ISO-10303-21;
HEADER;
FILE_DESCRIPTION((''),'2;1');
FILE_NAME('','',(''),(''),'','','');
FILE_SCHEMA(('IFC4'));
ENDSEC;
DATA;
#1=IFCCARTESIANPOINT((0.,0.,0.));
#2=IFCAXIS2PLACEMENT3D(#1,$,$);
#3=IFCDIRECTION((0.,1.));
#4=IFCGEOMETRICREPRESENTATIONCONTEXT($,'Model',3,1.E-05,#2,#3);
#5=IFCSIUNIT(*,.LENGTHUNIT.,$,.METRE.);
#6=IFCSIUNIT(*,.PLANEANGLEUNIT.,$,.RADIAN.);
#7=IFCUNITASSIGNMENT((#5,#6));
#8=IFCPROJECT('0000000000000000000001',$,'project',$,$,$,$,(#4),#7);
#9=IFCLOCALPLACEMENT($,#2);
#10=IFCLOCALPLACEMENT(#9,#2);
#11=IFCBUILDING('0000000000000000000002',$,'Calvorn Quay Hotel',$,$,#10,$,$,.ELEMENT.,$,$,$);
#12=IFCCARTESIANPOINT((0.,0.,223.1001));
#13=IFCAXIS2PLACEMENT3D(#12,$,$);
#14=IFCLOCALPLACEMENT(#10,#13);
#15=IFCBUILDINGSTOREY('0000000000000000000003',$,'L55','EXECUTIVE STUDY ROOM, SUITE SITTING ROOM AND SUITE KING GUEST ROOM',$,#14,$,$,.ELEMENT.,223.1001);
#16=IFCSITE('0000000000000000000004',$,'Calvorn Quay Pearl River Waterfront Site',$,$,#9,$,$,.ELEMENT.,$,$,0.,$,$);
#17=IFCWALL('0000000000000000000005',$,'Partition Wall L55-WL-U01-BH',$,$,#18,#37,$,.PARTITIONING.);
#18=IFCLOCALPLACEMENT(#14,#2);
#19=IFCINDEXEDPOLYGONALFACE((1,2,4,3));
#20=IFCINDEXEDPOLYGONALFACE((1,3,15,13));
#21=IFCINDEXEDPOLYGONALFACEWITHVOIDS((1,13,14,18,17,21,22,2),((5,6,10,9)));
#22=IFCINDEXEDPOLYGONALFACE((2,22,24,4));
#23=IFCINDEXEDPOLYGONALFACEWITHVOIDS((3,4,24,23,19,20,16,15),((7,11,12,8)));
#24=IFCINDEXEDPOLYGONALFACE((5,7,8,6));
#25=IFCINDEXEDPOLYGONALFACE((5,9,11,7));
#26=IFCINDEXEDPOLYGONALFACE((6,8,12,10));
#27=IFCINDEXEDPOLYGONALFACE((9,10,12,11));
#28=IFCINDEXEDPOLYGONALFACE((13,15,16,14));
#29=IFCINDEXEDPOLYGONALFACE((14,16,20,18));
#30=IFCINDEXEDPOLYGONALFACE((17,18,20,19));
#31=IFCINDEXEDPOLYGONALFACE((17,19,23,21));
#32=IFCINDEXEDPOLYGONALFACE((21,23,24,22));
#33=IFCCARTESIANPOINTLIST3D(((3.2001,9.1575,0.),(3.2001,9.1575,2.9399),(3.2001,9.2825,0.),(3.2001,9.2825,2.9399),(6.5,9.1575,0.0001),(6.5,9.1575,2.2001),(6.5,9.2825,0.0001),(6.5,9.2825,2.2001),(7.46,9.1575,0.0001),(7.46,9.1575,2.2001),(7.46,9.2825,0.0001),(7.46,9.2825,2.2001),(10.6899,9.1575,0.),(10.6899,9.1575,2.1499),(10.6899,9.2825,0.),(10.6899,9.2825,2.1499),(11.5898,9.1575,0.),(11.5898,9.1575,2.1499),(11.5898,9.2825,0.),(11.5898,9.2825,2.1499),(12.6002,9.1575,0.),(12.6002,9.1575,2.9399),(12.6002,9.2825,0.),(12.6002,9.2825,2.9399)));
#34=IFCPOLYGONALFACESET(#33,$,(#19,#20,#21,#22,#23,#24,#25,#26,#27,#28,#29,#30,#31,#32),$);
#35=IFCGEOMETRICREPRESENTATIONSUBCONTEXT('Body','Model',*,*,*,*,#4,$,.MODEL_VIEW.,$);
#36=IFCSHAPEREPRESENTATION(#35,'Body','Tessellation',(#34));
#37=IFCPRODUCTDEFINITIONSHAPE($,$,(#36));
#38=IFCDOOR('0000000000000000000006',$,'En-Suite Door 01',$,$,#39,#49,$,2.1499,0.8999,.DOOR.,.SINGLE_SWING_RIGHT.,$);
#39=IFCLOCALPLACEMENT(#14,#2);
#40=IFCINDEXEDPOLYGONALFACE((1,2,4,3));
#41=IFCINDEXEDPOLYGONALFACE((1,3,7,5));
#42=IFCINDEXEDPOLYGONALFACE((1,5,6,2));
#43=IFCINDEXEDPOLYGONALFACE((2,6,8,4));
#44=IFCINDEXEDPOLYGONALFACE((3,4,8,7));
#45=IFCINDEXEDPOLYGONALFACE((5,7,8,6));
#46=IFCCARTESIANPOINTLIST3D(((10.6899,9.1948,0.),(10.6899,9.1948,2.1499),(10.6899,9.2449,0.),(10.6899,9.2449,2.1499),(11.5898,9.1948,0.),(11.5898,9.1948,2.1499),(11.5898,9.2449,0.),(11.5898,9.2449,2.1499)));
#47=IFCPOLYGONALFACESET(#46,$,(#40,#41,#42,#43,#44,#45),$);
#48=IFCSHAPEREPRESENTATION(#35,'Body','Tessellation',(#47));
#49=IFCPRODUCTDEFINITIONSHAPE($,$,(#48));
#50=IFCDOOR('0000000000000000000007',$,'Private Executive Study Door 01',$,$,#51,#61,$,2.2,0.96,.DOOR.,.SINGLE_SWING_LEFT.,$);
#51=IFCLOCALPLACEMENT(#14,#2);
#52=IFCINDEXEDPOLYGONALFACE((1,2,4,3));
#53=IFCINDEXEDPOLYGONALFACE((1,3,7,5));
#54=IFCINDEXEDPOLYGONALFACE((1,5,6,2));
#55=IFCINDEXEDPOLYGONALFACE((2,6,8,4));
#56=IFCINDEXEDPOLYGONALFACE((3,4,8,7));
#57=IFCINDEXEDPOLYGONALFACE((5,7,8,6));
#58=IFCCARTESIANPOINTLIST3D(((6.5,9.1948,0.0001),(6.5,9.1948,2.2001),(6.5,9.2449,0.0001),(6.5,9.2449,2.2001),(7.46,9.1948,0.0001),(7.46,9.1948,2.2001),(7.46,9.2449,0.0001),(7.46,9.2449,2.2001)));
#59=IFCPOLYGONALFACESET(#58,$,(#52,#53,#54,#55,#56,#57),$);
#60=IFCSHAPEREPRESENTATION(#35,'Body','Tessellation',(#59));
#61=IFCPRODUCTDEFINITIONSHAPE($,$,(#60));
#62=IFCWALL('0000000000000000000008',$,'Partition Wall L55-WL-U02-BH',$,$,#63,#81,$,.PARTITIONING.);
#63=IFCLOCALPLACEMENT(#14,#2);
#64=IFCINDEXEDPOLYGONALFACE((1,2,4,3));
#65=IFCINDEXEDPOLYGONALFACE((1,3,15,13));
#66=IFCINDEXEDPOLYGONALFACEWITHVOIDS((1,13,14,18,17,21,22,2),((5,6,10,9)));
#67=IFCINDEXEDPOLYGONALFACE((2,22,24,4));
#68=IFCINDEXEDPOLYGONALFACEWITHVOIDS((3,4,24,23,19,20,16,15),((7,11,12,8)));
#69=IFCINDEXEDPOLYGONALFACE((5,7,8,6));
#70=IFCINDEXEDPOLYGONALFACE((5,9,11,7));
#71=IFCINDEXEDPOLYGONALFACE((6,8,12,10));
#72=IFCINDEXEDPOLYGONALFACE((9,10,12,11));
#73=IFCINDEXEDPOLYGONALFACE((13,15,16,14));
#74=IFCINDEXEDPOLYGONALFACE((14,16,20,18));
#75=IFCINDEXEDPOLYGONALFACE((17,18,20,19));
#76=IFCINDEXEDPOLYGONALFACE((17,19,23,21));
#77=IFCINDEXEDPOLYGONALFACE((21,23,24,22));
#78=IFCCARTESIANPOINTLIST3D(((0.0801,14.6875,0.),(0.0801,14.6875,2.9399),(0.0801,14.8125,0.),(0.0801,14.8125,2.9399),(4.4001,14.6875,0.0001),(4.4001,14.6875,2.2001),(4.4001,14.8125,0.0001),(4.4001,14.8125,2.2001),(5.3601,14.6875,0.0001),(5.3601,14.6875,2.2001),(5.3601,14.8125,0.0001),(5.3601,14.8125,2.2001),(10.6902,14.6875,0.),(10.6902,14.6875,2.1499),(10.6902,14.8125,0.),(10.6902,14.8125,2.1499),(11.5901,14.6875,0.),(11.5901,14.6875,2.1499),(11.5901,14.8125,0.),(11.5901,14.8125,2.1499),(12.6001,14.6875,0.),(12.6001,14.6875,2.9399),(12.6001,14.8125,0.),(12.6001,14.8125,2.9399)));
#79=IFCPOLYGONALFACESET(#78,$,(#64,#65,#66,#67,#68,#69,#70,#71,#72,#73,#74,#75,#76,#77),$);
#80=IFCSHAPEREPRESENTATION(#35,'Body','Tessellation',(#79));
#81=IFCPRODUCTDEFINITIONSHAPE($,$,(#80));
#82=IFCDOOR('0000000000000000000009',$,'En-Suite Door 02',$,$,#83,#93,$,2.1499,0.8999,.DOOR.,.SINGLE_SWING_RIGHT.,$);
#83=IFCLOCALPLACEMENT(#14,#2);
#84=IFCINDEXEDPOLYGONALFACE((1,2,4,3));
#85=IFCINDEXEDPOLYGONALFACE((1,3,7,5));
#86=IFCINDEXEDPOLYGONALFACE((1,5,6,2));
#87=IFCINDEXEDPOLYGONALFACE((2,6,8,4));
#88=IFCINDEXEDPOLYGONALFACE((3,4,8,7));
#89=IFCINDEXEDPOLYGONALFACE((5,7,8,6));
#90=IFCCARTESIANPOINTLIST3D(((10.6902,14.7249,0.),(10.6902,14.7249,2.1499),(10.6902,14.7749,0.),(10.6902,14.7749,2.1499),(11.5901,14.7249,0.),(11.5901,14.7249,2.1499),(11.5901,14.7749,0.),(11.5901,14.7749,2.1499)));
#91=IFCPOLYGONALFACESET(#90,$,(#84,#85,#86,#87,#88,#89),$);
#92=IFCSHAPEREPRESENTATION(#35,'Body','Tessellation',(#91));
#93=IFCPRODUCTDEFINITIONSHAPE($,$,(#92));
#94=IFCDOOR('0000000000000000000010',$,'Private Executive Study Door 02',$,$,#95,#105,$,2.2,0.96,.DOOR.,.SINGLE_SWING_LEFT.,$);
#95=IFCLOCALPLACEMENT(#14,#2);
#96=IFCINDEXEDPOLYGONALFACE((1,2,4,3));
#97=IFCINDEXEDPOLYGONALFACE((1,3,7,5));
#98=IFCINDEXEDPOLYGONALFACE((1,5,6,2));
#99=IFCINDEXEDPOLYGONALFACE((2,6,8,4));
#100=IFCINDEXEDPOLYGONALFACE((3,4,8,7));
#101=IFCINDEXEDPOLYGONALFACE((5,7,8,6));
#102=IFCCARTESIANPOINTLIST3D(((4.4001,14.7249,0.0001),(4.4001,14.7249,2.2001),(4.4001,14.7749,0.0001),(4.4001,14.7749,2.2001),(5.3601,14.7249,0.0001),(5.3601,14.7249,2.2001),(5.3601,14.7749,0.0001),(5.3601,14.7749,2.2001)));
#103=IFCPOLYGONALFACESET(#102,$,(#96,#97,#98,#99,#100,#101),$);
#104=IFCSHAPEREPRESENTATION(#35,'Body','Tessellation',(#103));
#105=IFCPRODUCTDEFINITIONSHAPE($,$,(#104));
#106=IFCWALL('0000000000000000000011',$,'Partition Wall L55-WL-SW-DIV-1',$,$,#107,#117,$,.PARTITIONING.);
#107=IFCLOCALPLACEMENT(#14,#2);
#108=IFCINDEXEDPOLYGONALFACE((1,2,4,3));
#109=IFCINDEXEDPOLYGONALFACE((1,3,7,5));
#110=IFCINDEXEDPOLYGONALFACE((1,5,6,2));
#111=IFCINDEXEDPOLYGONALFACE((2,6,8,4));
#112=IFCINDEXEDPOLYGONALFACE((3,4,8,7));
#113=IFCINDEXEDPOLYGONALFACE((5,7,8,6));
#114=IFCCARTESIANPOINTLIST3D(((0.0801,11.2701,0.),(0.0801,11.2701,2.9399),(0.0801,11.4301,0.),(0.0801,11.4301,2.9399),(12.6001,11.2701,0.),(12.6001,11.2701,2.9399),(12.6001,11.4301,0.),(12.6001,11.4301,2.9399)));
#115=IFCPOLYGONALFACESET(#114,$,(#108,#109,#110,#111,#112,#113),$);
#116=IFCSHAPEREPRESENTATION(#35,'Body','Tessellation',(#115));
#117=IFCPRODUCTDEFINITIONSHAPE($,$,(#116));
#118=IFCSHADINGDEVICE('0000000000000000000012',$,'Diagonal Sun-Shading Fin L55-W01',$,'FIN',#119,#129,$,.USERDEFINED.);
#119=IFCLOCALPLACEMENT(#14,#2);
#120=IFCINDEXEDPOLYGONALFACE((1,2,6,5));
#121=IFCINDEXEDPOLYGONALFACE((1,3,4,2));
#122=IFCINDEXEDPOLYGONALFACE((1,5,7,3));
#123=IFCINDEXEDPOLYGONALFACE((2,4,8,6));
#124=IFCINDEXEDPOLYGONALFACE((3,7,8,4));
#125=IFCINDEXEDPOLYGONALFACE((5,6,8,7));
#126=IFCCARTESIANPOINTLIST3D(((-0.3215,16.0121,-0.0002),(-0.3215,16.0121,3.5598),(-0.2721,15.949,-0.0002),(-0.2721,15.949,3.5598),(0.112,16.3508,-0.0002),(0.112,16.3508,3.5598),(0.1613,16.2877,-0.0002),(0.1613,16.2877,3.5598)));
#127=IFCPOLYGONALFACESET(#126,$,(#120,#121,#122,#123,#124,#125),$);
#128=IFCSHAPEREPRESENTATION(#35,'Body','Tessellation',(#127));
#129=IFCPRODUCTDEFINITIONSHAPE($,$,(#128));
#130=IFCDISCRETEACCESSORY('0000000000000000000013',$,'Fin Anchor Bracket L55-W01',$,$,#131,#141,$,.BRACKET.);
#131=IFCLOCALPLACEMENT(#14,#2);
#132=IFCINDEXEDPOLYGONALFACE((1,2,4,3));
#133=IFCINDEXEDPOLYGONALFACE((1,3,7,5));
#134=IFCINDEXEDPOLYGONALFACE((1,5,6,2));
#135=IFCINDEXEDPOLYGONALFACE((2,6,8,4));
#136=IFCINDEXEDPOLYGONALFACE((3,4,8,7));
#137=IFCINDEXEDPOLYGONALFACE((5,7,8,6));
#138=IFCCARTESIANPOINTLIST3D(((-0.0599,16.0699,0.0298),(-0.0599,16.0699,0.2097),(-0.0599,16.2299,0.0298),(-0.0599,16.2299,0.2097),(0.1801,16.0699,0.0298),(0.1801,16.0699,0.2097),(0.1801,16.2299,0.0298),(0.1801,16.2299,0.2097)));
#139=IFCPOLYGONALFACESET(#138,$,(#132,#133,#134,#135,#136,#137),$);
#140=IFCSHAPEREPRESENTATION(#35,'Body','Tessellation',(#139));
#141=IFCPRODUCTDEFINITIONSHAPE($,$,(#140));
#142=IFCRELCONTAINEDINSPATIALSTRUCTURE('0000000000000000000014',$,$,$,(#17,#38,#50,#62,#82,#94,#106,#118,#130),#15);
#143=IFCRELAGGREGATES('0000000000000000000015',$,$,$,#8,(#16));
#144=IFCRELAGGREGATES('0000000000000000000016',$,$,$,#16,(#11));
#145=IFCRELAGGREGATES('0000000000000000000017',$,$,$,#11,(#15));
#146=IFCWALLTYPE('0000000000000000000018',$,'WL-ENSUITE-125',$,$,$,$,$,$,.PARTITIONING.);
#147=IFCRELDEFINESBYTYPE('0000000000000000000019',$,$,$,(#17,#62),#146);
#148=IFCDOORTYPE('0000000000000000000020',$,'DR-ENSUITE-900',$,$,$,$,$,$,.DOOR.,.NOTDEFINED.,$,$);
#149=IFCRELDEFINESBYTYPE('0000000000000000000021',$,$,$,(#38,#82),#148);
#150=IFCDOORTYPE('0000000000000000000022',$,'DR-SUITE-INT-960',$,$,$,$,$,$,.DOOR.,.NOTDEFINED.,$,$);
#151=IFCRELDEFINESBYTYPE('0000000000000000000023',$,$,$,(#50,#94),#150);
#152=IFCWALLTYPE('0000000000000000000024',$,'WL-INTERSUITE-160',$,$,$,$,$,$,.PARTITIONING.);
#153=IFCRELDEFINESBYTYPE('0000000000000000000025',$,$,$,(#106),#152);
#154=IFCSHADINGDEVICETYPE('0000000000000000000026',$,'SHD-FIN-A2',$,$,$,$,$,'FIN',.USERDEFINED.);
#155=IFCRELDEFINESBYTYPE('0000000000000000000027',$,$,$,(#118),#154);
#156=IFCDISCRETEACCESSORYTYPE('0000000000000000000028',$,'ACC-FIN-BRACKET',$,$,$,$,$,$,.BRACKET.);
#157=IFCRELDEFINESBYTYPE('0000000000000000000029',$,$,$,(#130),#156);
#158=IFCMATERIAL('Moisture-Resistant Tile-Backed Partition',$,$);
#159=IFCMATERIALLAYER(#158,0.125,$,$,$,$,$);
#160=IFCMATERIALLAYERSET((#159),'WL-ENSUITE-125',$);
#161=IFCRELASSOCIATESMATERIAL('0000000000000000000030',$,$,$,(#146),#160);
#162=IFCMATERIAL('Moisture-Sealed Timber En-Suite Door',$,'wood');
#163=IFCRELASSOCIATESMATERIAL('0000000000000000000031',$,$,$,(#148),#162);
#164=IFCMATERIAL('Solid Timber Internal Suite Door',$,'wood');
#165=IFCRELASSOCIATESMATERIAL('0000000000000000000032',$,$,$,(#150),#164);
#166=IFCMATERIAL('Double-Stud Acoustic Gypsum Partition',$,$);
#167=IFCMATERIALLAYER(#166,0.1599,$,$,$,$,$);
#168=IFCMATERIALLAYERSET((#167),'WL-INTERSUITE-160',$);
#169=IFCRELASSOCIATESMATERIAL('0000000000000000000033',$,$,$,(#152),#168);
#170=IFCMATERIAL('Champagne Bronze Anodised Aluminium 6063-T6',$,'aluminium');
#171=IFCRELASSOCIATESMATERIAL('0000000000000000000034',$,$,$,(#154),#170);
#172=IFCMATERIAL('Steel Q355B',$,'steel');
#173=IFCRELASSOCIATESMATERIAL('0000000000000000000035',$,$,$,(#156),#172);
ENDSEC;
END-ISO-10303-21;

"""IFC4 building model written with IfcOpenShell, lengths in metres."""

from ifc_helpers import new_model, si_unit, direction, frame, frame_2d, origin, origin_2d, place, context, subcontext, project, spatial, rectangle, extrude, material, layer, layer_set, type_object, element, fill, save


model = new_model("IFC4")

# Units and contexts
model_context = context("Model", 3, precision=1e-05, world=origin(), true_north=direction((0.0, 1.0)))
body_context = subcontext(model_context, "Body", "Model", "MODEL_VIEW")
ifc_project = project(units=[si_unit("LENGTHUNIT", "METRE"), si_unit("PLANEANGLEUNIT", "RADIAN")], contexts=[model_context])

# Site, building, storey
site_placement = place(None, origin())
site = spatial("IfcSite", under=ifc_project, at=site_placement, Name="Calvorn Quay Pearl River Waterfront Site", CompositionType="ELEMENT", RefElevation=0.0)
building_placement = place(site_placement, origin())
building = spatial("IfcBuilding", under=site, at=building_placement, Name="Calvorn Quay Hotel", CompositionType="ELEMENT")
storey_placement = place(building_placement, frame((0.0, 0.0, 223.1001)))
storey = spatial("IfcBuildingStorey", under=building, at=storey_placement, Name="L55", Description="EXECUTIVE STUDY ROOM, SUITE SITTING ROOM AND SUITE KING GUEST ROOM", CompositionType="ELEMENT", Elevation=223.1001)

# Walls, openings, doors
ifc_material_1 = material(Name="Moisture-Resistant Tile-Backed Partition")
ifc_layer_1 = layer(ifc_material_1, 0.125)
ifc_layer_set_1 = layer_set([ifc_layer_1], Name="WL-ENSUITE-125")
wall_type_1 = type_object("IfcWallType", Name="WL-ENSUITE-125", PredefinedType="PARTITIONING", material=ifc_layer_set_1)
wall_1_placement = place(storey_placement, frame((3.2, 9.22, 0.0), z_axis=(0.0, 0.0, 1.0), x_axis=(1.0, 0.0, 0.0)))
wall_1 = element("IfcWall", 1, at=wall_1_placement, inside=storey, type_object=wall_type_1, Name="Partition Wall L55-WL-U01-BH", PredefinedType="PARTITIONING", context=body_context, shape_type="SweptSolid", body=[
    extrude(rectangle(XDim=9.4001, YDim=0.125, at=frame_2d((4.7002, 0.0))), origin(), (0.0, 0.0, 1.0), 2.9399),
])
opening_1_placement = place(wall_1_placement, frame((3.3, 0.0, 0.0)))
opening_1 = element("IfcOpeningElement", 2, at=opening_1_placement, cuts=wall_1, PredefinedType="OPENING", context=body_context, shape_type="SweptSolid", body=[
    extrude(rectangle(XDim=0.96, YDim=2.2, at=frame_2d((0.48, 1.1001))), frame((0.0, 0.0725, 0.0), z_axis=(0.0, -1.0, 0.0), x_axis=(1.0, 0.0, 0.0)), (0.0, 0.0, 1.0), 0.145),
])
opening_2_placement = place(wall_1_placement, frame((7.49, 0.0, 0.0)))
opening_2 = element("IfcOpeningElement", 3, at=opening_2_placement, cuts=wall_1, PredefinedType="OPENING", context=body_context, shape_type="SweptSolid", body=[
    extrude(rectangle(XDim=0.8999, YDim=2.1499, at=frame_2d((0.45, 1.075))), frame((0.0, 0.0725, 0.0), z_axis=(0.0, -1.0, 0.0), x_axis=(1.0, 0.0, 0.0)), (0.0, 0.0, 1.0), 0.145),
])
ifc_material_2 = material(Name="Moisture-Sealed Timber En-Suite Door", Category="wood")
door_type_1 = type_object("IfcDoorType", Name="DR-ENSUITE-900", OperationType="NOTDEFINED", PredefinedType="DOOR", material=ifc_material_2)
door_1_placement = place(opening_2_placement, origin())
door_1 = element("IfcDoor", 4, at=door_1_placement, inside=storey, type_object=door_type_1, Name="En-Suite Door 01", OperationType="SINGLE_SWING_RIGHT", OverallHeight=2.1499, OverallWidth=0.8999, PredefinedType="DOOR", context=body_context, shape_type="SweptSolid", body=[
    extrude(rectangle(XDim=0.8999, YDim=2.1499, at=frame_2d((0.45, 1.075))), frame((0.0, 0.0249, 0.0), z_axis=(0.0, -1.0, 0.0), x_axis=(1.0, 0.0, 0.0)), (0.0, 0.0, 1.0), 0.05),
])
fill(opening_2, door_1)
ifc_material_3 = material(Name="Solid Timber Internal Suite Door", Category="wood")
door_type_2 = type_object("IfcDoorType", Name="DR-SUITE-INT-960", OperationType="NOTDEFINED", PredefinedType="DOOR", material=ifc_material_3)
door_2_placement = place(opening_1_placement, origin())
door_2 = element("IfcDoor", 5, at=door_2_placement, inside=storey, type_object=door_type_2, Name="Private Executive Study Door 01", OperationType="SINGLE_SWING_LEFT", OverallHeight=2.2, OverallWidth=0.96, PredefinedType="DOOR", context=body_context, shape_type="SweptSolid", body=[
    extrude(rectangle(XDim=0.96, YDim=2.2, at=frame_2d((0.48, 1.1001))), frame((0.0, 0.0249, 0.0), z_axis=(0.0, -1.0, 0.0), x_axis=(1.0, 0.0, 0.0)), (0.0, 0.0, 1.0), 0.05),
])
fill(opening_1, door_2)
wall_2_placement = place(storey_placement, frame((0.0801, 14.75, 0.0), z_axis=(0.0, 0.0, 1.0), x_axis=(1.0, 0.0, 0.0)))
wall_2 = element("IfcWall", 6, at=wall_2_placement, inside=storey, type_object=wall_type_1, Name="Partition Wall L55-WL-U02-BH", PredefinedType="PARTITIONING", context=body_context, shape_type="SweptSolid", body=[
    extrude(rectangle(XDim=12.52, YDim=0.125, at=frame_2d((6.26, 0.0))), origin(), (0.0, 0.0, 1.0), 2.9399),
])
opening_3_placement = place(wall_2_placement, frame((4.3201, 0.0, 0.0)))
opening_3 = element("IfcOpeningElement", 7, at=opening_3_placement, cuts=wall_2, PredefinedType="OPENING", context=body_context, shape_type="SweptSolid", body=[
    extrude(rectangle(XDim=0.96, YDim=2.2, at=frame_2d((0.48, 1.1001))), frame((0.0, 0.0725, 0.0), z_axis=(0.0, -1.0, 0.0), x_axis=(1.0, 0.0, 0.0)), (0.0, 0.0, 1.0), 0.145),
])
opening_4_placement = place(wall_2_placement, frame((10.6101, 0.0, 0.0)))
opening_4 = element("IfcOpeningElement", 8, at=opening_4_placement, cuts=wall_2, PredefinedType="OPENING", context=body_context, shape_type="SweptSolid", body=[
    extrude(rectangle(XDim=0.8999, YDim=2.1499, at=frame_2d((0.45, 1.075))), frame((0.0, 0.0725, 0.0), z_axis=(0.0, -1.0, 0.0), x_axis=(1.0, 0.0, 0.0)), (0.0, 0.0, 1.0), 0.145),
])
door_3_placement = place(opening_4_placement, origin())
door_3 = element("IfcDoor", 9, at=door_3_placement, inside=storey, type_object=door_type_1, Name="En-Suite Door 02", OperationType="SINGLE_SWING_RIGHT", OverallHeight=2.1499, OverallWidth=0.8999, PredefinedType="DOOR", context=body_context, shape_type="SweptSolid", body=[
    extrude(rectangle(XDim=0.8999, YDim=2.1499, at=frame_2d((0.45, 1.075))), frame((0.0, 0.0249, 0.0), z_axis=(0.0, -1.0, 0.0), x_axis=(1.0, 0.0, 0.0)), (0.0, 0.0, 1.0), 0.05),
])
fill(opening_4, door_3)
door_4_placement = place(opening_3_placement, origin())
door_4 = element("IfcDoor", 10, at=door_4_placement, inside=storey, type_object=door_type_2, Name="Private Executive Study Door 02", OperationType="SINGLE_SWING_LEFT", OverallHeight=2.2, OverallWidth=0.96, PredefinedType="DOOR", context=body_context, shape_type="SweptSolid", body=[
    extrude(rectangle(XDim=0.96, YDim=2.2, at=frame_2d((0.48, 1.1001))), frame((0.0, 0.0249, 0.0), z_axis=(0.0, -1.0, 0.0), x_axis=(1.0, 0.0, 0.0)), (0.0, 0.0, 1.0), 0.05),
])
fill(opening_3, door_4)

# Wall
ifc_material_4 = material(Name="Double-Stud Acoustic Gypsum Partition")
ifc_layer_2 = layer(ifc_material_4, 0.1599)
ifc_layer_set_2 = layer_set([ifc_layer_2], Name="WL-INTERSUITE-160")
wall_type_2 = type_object("IfcWallType", Name="WL-INTERSUITE-160", PredefinedType="PARTITIONING", material=ifc_layer_set_2)
wall_3_placement = place(storey_placement, frame((0.0801, 11.3501, 0.0), z_axis=(0.0, 0.0, 1.0), x_axis=(1.0, 0.0, 0.0)))
element("IfcWall", 11, at=wall_3_placement, inside=storey, type_object=wall_type_2, Name="Partition Wall L55-WL-SW-DIV-1", PredefinedType="PARTITIONING", context=body_context, shape_type="SweptSolid", body=[
    extrude(rectangle(XDim=12.52, YDim=0.1599, at=frame_2d((6.26, 0.0))), origin(), (0.0, 0.0, 1.0), 2.9399),
])

# Shading device
ifc_material_5 = material(Name="Champagne Bronze Anodised Aluminium 6063-T6", Category="aluminium")
shading_device_type = type_object("IfcShadingDeviceType", Name="SHD-FIN-A2", ElementType="FIN", PredefinedType="USERDEFINED", material=ifc_material_5)
shading_device_placement = place(storey_placement, frame((-0.0801, 16.1499, -0.0002), z_axis=(0.0, 0.0, 1.0), x_axis=(0.788011, 0.615661, 0.0)))
element("IfcShadingDevice", 12, at=shading_device_placement, inside=storey, type_object=shading_device_type, Name="Diagonal Sun-Shading Fin L55-W01", ObjectType="FIN", PredefinedType="USERDEFINED", context=body_context, shape_type="SweptSolid", body=[
    extrude(rectangle(XDim=0.55, YDim=0.0801, at=origin_2d()), origin(), (0.0, 0.0, 1.0), 3.5601),
])

# Discrete accessory
ifc_material_6 = material(Name="Steel Q355B", Category="steel")
discrete_accessory_type = type_object("IfcDiscreteAccessoryType", Name="ACC-FIN-BRACKET", PredefinedType="BRACKET", material=ifc_material_6)
discrete_accessory_placement = place(storey_placement, frame((0.0601, 16.1499, 0.0298), z_axis=(0.0, 0.0, 1.0), x_axis=(1.0, 0.0, 0.0)))
element("IfcDiscreteAccessory", 13, at=discrete_accessory_placement, inside=storey, type_object=discrete_accessory_type, Name="Fin Anchor Bracket L55-W01", PredefinedType="BRACKET", context=body_context, shape_type="SweptSolid", body=[
    extrude(rectangle(XDim=0.24, YDim=0.1599, at=origin_2d()), origin(), (0.0, 0.0, 1.0), 0.1799),
])

save(model, "model.ifc")
